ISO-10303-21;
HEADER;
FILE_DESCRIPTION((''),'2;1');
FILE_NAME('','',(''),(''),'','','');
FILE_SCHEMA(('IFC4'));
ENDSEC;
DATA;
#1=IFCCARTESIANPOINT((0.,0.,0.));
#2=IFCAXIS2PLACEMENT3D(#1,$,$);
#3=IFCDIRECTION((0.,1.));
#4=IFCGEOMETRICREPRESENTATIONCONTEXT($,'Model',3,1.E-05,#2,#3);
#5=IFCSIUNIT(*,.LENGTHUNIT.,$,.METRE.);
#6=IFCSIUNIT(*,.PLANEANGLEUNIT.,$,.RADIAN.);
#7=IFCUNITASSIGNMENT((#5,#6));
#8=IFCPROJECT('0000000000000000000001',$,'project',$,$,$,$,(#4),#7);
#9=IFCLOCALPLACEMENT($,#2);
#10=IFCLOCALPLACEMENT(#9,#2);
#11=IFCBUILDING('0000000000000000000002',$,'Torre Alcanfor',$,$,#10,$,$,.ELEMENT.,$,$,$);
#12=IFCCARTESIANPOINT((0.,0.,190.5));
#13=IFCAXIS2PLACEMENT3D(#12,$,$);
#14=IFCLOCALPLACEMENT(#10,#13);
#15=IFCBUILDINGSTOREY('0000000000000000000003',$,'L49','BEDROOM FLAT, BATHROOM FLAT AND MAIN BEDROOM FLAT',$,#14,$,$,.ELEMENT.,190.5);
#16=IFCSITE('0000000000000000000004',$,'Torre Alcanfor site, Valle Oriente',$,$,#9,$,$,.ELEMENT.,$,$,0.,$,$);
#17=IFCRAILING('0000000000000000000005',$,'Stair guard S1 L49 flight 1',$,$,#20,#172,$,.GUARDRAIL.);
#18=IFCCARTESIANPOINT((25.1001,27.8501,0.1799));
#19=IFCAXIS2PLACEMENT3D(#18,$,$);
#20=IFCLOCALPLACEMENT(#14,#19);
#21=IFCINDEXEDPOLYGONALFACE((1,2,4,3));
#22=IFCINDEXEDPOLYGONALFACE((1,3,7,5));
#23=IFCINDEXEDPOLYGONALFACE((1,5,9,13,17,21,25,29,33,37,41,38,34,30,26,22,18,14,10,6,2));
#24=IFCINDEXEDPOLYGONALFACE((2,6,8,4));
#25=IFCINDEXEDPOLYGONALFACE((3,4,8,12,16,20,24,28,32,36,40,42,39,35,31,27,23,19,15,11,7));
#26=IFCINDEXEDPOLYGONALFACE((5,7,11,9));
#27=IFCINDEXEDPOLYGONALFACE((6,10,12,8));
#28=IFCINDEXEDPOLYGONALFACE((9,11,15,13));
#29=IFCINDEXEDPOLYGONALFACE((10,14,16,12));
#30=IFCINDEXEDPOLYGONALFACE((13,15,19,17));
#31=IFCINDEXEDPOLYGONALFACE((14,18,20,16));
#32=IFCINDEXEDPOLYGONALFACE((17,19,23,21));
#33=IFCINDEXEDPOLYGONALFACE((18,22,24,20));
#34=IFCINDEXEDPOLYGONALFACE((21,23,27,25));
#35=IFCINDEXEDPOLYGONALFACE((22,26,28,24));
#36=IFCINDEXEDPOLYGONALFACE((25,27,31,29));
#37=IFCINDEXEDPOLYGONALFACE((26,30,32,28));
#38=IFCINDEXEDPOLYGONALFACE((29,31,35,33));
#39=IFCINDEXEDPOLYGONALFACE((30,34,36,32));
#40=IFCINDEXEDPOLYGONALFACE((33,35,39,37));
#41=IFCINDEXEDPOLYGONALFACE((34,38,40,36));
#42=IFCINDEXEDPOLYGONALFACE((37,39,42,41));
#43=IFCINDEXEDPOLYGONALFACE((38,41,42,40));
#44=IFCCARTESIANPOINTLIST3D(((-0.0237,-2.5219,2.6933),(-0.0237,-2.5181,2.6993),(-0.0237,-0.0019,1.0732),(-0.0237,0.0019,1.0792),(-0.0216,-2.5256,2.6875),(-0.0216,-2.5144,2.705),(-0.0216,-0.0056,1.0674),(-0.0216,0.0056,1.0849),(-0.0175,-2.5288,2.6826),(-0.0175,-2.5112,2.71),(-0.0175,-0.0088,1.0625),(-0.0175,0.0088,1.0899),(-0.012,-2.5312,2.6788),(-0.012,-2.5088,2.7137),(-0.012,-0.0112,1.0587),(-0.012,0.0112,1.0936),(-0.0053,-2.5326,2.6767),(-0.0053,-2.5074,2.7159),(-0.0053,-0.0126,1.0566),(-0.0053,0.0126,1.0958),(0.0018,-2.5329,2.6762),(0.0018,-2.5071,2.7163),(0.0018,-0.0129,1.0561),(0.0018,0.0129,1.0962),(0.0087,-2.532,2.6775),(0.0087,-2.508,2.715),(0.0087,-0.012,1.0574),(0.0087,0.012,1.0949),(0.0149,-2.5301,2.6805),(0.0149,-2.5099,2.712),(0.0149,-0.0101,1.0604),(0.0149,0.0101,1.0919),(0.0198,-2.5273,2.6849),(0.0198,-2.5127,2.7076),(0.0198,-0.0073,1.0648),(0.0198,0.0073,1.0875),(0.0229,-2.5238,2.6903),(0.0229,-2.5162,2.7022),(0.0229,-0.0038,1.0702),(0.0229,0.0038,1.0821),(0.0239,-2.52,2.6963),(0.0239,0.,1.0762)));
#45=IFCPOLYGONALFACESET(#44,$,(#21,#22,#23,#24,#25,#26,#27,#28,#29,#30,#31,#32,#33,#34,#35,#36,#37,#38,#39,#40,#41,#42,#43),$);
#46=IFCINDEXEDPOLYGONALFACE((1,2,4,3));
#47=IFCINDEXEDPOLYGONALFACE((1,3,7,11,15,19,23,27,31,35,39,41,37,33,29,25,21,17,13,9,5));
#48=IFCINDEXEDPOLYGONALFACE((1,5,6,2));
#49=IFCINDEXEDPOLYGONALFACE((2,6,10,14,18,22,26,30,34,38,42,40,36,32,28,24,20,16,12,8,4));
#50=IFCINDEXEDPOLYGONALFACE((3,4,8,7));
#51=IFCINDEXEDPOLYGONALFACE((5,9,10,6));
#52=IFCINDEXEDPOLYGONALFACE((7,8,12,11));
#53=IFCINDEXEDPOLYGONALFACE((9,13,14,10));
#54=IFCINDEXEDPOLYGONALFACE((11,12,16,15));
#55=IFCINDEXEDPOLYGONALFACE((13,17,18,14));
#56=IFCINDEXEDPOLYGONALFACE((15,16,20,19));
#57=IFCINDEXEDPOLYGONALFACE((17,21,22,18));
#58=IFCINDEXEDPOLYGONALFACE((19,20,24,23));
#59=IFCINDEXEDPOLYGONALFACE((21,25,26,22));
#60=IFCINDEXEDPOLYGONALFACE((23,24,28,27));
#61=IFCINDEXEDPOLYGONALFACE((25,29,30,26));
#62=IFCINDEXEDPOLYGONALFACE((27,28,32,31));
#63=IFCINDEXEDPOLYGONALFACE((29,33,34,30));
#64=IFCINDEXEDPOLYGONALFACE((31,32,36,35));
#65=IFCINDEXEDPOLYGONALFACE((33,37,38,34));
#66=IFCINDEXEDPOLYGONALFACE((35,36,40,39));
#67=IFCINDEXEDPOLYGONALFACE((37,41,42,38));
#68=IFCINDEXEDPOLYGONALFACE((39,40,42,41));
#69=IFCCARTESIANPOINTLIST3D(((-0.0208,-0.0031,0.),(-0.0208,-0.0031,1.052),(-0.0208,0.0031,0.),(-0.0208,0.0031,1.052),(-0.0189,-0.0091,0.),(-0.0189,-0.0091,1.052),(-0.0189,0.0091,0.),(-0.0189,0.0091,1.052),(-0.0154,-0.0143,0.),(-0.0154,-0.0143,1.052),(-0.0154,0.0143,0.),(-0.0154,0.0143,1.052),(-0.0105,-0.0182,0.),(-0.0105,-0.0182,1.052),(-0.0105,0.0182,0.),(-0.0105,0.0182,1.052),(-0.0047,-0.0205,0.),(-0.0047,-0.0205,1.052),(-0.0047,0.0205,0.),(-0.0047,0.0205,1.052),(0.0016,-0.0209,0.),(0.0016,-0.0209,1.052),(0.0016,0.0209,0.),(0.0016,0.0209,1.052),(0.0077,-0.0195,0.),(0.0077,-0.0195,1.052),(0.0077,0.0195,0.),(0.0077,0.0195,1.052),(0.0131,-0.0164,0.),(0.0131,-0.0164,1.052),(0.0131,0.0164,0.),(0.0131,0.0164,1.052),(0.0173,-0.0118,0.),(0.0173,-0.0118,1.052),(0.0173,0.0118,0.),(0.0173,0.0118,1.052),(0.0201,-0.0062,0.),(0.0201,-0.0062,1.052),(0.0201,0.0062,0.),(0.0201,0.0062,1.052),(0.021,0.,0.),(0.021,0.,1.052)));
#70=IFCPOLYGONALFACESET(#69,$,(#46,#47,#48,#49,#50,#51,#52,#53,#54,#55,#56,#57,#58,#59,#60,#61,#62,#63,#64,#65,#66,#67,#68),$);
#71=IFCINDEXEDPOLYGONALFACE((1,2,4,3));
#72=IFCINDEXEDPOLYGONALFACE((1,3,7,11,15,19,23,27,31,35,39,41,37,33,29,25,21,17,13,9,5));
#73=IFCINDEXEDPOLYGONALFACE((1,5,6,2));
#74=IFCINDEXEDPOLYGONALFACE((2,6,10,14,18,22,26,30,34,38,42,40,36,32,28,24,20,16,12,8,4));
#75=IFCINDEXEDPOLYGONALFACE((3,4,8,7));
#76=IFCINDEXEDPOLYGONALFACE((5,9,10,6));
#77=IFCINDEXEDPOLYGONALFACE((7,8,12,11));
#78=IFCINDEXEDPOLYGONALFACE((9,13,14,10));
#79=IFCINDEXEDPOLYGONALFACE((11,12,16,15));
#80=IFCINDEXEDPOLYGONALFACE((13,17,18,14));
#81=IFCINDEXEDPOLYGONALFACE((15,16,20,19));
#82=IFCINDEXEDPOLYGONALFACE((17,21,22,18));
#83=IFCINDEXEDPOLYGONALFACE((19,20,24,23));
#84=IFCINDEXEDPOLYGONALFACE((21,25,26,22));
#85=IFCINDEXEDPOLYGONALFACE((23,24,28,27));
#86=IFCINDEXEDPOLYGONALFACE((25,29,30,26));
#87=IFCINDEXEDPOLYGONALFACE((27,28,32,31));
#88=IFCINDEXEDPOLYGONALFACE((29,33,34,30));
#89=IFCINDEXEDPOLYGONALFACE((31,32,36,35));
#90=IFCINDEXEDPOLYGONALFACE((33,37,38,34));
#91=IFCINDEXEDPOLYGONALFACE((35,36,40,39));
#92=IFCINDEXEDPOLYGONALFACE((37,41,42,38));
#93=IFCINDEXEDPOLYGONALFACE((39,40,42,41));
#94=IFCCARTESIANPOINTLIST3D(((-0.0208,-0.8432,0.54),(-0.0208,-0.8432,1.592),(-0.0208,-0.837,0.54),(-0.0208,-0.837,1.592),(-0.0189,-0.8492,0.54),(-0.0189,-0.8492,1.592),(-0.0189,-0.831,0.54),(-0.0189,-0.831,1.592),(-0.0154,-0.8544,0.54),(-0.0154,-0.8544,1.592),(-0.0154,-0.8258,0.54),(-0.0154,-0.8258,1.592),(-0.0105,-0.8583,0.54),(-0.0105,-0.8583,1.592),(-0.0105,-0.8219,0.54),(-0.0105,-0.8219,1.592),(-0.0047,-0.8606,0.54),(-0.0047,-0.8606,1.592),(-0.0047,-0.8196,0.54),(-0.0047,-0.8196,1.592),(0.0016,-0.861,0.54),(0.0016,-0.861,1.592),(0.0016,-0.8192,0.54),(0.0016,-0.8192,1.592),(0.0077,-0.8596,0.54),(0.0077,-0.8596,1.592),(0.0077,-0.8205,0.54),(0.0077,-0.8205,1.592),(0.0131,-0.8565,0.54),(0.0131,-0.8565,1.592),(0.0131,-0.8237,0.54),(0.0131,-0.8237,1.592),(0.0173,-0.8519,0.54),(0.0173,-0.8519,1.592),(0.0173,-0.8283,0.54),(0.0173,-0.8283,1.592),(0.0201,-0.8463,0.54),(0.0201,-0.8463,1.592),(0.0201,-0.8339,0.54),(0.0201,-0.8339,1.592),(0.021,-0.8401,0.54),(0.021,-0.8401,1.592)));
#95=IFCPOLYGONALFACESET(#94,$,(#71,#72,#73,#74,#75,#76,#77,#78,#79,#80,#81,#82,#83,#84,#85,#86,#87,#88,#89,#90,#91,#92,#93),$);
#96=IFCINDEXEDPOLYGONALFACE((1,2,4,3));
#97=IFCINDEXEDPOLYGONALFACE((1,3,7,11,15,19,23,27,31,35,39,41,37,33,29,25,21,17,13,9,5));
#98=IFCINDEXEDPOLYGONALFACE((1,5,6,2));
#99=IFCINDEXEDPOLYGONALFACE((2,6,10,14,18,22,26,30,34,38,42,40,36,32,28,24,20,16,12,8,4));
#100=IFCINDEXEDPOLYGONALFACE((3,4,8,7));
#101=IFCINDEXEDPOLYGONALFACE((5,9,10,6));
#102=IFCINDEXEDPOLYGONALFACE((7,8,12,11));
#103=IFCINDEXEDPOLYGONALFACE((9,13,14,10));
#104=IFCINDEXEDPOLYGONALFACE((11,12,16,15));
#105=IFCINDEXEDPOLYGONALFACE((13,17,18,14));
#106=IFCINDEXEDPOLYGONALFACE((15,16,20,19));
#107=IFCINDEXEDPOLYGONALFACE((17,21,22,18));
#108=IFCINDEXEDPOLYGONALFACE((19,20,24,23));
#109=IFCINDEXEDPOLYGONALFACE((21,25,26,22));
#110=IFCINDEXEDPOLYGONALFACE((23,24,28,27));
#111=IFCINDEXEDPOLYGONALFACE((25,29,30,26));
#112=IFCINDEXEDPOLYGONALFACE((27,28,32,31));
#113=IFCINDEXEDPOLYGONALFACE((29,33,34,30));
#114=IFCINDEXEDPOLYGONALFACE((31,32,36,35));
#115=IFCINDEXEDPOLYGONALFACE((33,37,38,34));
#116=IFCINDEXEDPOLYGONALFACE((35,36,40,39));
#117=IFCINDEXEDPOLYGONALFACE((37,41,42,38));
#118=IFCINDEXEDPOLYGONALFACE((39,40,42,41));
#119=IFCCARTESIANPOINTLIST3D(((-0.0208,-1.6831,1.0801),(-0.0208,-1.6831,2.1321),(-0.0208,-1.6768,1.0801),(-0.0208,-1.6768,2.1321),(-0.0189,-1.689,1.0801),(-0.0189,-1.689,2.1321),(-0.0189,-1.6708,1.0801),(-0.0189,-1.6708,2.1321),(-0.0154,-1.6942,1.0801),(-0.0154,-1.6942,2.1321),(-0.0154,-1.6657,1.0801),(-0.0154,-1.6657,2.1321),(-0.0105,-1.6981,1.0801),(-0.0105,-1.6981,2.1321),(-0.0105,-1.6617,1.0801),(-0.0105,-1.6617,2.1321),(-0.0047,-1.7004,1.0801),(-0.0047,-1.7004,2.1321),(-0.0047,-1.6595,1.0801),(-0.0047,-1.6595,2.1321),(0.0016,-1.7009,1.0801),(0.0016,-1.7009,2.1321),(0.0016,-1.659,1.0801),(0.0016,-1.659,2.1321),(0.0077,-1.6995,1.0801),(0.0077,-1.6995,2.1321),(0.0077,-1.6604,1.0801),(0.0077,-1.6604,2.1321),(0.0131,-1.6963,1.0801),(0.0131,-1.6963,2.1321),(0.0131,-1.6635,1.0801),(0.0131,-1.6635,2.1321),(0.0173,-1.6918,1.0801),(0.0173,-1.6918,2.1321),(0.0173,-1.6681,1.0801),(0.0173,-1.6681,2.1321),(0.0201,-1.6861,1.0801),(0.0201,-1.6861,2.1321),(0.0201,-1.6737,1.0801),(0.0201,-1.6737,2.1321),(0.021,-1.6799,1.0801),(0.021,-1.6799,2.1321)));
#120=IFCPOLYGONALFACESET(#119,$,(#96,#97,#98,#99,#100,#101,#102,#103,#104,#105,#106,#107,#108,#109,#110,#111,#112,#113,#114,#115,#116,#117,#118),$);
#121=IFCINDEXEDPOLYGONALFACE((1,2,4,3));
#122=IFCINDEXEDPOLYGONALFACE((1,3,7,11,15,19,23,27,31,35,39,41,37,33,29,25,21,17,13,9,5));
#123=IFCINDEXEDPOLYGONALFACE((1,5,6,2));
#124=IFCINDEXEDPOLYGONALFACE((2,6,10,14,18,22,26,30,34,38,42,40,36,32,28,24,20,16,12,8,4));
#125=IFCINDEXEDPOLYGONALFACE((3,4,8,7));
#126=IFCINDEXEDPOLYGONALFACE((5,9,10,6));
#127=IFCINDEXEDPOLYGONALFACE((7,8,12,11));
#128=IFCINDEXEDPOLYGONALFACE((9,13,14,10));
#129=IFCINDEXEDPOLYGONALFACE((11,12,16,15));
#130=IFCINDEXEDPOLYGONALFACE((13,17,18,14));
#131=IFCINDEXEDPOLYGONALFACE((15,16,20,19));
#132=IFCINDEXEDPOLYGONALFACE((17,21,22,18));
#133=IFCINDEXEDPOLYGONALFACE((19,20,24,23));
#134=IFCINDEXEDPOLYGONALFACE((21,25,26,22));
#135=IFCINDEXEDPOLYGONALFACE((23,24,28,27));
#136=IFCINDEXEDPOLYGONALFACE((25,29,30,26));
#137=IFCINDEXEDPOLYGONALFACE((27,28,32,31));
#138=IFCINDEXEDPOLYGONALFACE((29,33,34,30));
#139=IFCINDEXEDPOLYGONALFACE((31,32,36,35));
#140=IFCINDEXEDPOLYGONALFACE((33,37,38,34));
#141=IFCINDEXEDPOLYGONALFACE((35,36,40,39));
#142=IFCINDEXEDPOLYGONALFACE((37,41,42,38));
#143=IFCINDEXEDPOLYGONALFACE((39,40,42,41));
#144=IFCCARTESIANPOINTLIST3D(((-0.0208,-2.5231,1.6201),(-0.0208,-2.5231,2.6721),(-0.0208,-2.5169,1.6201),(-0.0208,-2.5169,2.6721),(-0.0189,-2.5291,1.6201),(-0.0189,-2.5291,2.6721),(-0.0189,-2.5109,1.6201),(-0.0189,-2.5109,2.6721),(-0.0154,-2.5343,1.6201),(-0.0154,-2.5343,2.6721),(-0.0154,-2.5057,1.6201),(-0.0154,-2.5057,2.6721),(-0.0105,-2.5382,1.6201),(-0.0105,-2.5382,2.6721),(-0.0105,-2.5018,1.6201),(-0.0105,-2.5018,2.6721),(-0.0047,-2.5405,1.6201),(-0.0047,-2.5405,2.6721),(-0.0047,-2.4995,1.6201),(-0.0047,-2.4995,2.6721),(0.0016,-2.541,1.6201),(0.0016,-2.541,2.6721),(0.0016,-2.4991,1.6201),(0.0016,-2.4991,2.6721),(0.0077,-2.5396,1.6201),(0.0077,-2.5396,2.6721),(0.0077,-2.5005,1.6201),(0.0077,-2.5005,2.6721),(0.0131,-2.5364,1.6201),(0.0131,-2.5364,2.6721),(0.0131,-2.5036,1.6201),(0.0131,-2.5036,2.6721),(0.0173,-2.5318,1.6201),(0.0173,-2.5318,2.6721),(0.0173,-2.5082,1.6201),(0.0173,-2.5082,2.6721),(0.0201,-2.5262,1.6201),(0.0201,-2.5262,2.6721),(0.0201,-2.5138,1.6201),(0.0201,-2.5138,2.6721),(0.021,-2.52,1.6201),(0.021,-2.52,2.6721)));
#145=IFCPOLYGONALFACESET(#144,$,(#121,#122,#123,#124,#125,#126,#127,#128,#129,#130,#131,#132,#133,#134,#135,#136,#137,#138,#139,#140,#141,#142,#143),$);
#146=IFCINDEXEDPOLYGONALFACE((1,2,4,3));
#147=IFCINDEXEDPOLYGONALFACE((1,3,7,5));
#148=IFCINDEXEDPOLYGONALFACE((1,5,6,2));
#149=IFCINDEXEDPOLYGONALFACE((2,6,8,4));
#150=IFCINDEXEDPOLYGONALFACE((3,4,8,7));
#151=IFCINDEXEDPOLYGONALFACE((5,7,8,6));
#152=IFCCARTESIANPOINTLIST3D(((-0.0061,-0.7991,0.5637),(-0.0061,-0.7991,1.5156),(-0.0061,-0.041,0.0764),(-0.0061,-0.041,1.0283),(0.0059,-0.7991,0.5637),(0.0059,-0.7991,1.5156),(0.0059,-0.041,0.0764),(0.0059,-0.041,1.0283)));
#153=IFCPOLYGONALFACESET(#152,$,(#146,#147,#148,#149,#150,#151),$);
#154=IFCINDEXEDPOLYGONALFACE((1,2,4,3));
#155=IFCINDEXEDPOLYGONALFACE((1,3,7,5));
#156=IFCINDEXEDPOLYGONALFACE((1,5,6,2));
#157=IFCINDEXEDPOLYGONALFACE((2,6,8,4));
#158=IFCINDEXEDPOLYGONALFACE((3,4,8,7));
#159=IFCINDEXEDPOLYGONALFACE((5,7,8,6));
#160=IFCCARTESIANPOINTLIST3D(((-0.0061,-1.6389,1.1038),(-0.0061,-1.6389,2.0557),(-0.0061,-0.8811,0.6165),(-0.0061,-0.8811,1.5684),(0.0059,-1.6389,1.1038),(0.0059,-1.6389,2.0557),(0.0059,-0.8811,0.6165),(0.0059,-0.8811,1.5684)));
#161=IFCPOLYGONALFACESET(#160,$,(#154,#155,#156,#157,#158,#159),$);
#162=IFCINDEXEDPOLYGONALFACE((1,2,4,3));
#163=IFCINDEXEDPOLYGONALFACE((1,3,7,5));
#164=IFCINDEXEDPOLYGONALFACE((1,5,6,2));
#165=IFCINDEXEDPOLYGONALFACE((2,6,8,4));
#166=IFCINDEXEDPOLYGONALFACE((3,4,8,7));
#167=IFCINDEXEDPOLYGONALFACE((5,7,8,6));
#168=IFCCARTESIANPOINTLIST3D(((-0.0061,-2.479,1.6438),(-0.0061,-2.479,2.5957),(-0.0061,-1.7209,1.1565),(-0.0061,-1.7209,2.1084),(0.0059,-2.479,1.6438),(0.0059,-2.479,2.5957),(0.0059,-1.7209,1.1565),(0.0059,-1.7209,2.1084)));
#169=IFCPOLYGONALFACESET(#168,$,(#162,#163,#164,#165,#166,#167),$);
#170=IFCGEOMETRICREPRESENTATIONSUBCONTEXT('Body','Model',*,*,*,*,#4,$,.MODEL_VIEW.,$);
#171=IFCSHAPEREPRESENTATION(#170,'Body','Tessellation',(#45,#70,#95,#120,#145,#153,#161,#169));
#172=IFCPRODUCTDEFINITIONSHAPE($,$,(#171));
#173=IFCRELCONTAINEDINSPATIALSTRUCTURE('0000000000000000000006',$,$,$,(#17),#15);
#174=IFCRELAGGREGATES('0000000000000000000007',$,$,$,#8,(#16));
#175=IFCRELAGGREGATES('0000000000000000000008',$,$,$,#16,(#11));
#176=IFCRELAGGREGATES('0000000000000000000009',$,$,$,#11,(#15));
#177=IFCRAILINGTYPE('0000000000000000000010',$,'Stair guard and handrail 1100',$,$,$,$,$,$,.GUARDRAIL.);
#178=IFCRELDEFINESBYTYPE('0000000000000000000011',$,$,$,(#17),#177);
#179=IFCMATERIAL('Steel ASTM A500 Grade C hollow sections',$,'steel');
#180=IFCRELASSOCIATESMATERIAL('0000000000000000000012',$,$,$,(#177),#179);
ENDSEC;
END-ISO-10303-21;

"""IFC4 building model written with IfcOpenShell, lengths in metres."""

from ifc_helpers import new_model, si_unit, direction, frame, origin, origin_2d, place, context, subcontext, project, spatial, polyline, circle, outline, extrude, material, type_object, element, save


model = new_model("IFC4")

# Units and contexts
model_context = context("Model", 3, precision=1e-05, world=origin(), true_north=direction((0.0, 1.0)))
body_context = subcontext(model_context, "Body", "Model", "MODEL_VIEW")
ifc_project = project(units=[si_unit("LENGTHUNIT", "METRE"), si_unit("PLANEANGLEUNIT", "RADIAN")], contexts=[model_context])

# Site, building, storey
site_placement = place(None, origin())
site = spatial("IfcSite", under=ifc_project, at=site_placement, Name="Torre Alcanfor site, Valle Oriente", CompositionType="ELEMENT", RefElevation=0.0)
building_placement = place(site_placement, origin())
building = spatial("IfcBuilding", under=site, at=building_placement, Name="Torre Alcanfor", CompositionType="ELEMENT")
storey_placement = place(building_placement, frame((0.0, 0.0, 190.5)))
storey = spatial("IfcBuildingStorey", under=building, at=storey_placement, Name="L49", Description="BEDROOM FLAT, BATHROOM FLAT AND MAIN BEDROOM FLAT", CompositionType="ELEMENT", Elevation=190.5)

# Railing
ifc_material_1 = material(Name="Steel ASTM A500 Grade C hollow sections", Category="steel")
railing_type = type_object("IfcRailingType", Name="Stair guard and handrail 1100", PredefinedType="GUARDRAIL", material=ifc_material_1)
railing_1_placement = place(storey_placement, frame((25.1001, 27.8501, 0.1799)))
element("IfcRailing", 1, at=railing_1_placement, inside=storey, type_object=railing_type, Name="Stair guard S1 L49 flight 1", PredefinedType="GUARDRAIL", context=body_context, shape_type="SweptSolid", body=[
    extrude(circle(Radius=0.0239, at=origin_2d()), frame((0.0, 0.0, 1.0762), z_axis=(0.0, -0.841163, 0.540782), x_axis=(1.0, 0.0, 0.0)), (0.0, 0.0, 1.0), 2.9958),
    extrude(circle(Radius=0.021, at=origin_2d()), origin(), (0.0, 0.0, 1.0), 1.052),
    extrude(circle(Radius=0.021, at=origin_2d()), frame((0.0, -0.8401, 0.54)), (0.0, 0.0, 1.0), 1.052),
    extrude(circle(Radius=0.021, at=origin_2d()), frame((0.0, -1.6799, 1.0801)), (0.0, 0.0, 1.0), 1.052),
    extrude(circle(Radius=0.021, at=origin_2d()), frame((0.0, -2.52, 1.6201)), (0.0, 0.0, 1.0), 1.052),
    extrude(outline(polyline([(0.041, 0.0764), (0.7991, 0.5637), (0.7991, 1.5156), (0.041, 1.0283), (0.041, 0.0764)])), frame((0.0059, 0.0, 0.0), z_axis=(-1.0, 0.0, 0.0), x_axis=(0.0, -1.0, 0.0)), (0.0, 0.0, 1.0), 0.012),
    extrude(outline(polyline([(0.8811, 0.6165), (1.6389, 1.1038), (1.6389, 2.0557), (0.8811, 1.5684), (0.8811, 0.6165)])), frame((0.0059, 0.0, 0.0), z_axis=(-1.0, 0.0, 0.0), x_axis=(0.0, -1.0, 0.0)), (0.0, 0.0, 1.0), 0.012),
    extrude(outline(polyline([(1.7209, 1.1565), (2.479, 1.6438), (2.479, 2.5957), (1.7209, 2.1084), (1.7209, 1.1565)])), frame((0.0059, 0.0, 0.0), z_axis=(-1.0, 0.0, 0.0), x_axis=(0.0, -1.0, 0.0)), (0.0, 0.0, 1.0), 0.012),
])

save(model, "model.ifc")
